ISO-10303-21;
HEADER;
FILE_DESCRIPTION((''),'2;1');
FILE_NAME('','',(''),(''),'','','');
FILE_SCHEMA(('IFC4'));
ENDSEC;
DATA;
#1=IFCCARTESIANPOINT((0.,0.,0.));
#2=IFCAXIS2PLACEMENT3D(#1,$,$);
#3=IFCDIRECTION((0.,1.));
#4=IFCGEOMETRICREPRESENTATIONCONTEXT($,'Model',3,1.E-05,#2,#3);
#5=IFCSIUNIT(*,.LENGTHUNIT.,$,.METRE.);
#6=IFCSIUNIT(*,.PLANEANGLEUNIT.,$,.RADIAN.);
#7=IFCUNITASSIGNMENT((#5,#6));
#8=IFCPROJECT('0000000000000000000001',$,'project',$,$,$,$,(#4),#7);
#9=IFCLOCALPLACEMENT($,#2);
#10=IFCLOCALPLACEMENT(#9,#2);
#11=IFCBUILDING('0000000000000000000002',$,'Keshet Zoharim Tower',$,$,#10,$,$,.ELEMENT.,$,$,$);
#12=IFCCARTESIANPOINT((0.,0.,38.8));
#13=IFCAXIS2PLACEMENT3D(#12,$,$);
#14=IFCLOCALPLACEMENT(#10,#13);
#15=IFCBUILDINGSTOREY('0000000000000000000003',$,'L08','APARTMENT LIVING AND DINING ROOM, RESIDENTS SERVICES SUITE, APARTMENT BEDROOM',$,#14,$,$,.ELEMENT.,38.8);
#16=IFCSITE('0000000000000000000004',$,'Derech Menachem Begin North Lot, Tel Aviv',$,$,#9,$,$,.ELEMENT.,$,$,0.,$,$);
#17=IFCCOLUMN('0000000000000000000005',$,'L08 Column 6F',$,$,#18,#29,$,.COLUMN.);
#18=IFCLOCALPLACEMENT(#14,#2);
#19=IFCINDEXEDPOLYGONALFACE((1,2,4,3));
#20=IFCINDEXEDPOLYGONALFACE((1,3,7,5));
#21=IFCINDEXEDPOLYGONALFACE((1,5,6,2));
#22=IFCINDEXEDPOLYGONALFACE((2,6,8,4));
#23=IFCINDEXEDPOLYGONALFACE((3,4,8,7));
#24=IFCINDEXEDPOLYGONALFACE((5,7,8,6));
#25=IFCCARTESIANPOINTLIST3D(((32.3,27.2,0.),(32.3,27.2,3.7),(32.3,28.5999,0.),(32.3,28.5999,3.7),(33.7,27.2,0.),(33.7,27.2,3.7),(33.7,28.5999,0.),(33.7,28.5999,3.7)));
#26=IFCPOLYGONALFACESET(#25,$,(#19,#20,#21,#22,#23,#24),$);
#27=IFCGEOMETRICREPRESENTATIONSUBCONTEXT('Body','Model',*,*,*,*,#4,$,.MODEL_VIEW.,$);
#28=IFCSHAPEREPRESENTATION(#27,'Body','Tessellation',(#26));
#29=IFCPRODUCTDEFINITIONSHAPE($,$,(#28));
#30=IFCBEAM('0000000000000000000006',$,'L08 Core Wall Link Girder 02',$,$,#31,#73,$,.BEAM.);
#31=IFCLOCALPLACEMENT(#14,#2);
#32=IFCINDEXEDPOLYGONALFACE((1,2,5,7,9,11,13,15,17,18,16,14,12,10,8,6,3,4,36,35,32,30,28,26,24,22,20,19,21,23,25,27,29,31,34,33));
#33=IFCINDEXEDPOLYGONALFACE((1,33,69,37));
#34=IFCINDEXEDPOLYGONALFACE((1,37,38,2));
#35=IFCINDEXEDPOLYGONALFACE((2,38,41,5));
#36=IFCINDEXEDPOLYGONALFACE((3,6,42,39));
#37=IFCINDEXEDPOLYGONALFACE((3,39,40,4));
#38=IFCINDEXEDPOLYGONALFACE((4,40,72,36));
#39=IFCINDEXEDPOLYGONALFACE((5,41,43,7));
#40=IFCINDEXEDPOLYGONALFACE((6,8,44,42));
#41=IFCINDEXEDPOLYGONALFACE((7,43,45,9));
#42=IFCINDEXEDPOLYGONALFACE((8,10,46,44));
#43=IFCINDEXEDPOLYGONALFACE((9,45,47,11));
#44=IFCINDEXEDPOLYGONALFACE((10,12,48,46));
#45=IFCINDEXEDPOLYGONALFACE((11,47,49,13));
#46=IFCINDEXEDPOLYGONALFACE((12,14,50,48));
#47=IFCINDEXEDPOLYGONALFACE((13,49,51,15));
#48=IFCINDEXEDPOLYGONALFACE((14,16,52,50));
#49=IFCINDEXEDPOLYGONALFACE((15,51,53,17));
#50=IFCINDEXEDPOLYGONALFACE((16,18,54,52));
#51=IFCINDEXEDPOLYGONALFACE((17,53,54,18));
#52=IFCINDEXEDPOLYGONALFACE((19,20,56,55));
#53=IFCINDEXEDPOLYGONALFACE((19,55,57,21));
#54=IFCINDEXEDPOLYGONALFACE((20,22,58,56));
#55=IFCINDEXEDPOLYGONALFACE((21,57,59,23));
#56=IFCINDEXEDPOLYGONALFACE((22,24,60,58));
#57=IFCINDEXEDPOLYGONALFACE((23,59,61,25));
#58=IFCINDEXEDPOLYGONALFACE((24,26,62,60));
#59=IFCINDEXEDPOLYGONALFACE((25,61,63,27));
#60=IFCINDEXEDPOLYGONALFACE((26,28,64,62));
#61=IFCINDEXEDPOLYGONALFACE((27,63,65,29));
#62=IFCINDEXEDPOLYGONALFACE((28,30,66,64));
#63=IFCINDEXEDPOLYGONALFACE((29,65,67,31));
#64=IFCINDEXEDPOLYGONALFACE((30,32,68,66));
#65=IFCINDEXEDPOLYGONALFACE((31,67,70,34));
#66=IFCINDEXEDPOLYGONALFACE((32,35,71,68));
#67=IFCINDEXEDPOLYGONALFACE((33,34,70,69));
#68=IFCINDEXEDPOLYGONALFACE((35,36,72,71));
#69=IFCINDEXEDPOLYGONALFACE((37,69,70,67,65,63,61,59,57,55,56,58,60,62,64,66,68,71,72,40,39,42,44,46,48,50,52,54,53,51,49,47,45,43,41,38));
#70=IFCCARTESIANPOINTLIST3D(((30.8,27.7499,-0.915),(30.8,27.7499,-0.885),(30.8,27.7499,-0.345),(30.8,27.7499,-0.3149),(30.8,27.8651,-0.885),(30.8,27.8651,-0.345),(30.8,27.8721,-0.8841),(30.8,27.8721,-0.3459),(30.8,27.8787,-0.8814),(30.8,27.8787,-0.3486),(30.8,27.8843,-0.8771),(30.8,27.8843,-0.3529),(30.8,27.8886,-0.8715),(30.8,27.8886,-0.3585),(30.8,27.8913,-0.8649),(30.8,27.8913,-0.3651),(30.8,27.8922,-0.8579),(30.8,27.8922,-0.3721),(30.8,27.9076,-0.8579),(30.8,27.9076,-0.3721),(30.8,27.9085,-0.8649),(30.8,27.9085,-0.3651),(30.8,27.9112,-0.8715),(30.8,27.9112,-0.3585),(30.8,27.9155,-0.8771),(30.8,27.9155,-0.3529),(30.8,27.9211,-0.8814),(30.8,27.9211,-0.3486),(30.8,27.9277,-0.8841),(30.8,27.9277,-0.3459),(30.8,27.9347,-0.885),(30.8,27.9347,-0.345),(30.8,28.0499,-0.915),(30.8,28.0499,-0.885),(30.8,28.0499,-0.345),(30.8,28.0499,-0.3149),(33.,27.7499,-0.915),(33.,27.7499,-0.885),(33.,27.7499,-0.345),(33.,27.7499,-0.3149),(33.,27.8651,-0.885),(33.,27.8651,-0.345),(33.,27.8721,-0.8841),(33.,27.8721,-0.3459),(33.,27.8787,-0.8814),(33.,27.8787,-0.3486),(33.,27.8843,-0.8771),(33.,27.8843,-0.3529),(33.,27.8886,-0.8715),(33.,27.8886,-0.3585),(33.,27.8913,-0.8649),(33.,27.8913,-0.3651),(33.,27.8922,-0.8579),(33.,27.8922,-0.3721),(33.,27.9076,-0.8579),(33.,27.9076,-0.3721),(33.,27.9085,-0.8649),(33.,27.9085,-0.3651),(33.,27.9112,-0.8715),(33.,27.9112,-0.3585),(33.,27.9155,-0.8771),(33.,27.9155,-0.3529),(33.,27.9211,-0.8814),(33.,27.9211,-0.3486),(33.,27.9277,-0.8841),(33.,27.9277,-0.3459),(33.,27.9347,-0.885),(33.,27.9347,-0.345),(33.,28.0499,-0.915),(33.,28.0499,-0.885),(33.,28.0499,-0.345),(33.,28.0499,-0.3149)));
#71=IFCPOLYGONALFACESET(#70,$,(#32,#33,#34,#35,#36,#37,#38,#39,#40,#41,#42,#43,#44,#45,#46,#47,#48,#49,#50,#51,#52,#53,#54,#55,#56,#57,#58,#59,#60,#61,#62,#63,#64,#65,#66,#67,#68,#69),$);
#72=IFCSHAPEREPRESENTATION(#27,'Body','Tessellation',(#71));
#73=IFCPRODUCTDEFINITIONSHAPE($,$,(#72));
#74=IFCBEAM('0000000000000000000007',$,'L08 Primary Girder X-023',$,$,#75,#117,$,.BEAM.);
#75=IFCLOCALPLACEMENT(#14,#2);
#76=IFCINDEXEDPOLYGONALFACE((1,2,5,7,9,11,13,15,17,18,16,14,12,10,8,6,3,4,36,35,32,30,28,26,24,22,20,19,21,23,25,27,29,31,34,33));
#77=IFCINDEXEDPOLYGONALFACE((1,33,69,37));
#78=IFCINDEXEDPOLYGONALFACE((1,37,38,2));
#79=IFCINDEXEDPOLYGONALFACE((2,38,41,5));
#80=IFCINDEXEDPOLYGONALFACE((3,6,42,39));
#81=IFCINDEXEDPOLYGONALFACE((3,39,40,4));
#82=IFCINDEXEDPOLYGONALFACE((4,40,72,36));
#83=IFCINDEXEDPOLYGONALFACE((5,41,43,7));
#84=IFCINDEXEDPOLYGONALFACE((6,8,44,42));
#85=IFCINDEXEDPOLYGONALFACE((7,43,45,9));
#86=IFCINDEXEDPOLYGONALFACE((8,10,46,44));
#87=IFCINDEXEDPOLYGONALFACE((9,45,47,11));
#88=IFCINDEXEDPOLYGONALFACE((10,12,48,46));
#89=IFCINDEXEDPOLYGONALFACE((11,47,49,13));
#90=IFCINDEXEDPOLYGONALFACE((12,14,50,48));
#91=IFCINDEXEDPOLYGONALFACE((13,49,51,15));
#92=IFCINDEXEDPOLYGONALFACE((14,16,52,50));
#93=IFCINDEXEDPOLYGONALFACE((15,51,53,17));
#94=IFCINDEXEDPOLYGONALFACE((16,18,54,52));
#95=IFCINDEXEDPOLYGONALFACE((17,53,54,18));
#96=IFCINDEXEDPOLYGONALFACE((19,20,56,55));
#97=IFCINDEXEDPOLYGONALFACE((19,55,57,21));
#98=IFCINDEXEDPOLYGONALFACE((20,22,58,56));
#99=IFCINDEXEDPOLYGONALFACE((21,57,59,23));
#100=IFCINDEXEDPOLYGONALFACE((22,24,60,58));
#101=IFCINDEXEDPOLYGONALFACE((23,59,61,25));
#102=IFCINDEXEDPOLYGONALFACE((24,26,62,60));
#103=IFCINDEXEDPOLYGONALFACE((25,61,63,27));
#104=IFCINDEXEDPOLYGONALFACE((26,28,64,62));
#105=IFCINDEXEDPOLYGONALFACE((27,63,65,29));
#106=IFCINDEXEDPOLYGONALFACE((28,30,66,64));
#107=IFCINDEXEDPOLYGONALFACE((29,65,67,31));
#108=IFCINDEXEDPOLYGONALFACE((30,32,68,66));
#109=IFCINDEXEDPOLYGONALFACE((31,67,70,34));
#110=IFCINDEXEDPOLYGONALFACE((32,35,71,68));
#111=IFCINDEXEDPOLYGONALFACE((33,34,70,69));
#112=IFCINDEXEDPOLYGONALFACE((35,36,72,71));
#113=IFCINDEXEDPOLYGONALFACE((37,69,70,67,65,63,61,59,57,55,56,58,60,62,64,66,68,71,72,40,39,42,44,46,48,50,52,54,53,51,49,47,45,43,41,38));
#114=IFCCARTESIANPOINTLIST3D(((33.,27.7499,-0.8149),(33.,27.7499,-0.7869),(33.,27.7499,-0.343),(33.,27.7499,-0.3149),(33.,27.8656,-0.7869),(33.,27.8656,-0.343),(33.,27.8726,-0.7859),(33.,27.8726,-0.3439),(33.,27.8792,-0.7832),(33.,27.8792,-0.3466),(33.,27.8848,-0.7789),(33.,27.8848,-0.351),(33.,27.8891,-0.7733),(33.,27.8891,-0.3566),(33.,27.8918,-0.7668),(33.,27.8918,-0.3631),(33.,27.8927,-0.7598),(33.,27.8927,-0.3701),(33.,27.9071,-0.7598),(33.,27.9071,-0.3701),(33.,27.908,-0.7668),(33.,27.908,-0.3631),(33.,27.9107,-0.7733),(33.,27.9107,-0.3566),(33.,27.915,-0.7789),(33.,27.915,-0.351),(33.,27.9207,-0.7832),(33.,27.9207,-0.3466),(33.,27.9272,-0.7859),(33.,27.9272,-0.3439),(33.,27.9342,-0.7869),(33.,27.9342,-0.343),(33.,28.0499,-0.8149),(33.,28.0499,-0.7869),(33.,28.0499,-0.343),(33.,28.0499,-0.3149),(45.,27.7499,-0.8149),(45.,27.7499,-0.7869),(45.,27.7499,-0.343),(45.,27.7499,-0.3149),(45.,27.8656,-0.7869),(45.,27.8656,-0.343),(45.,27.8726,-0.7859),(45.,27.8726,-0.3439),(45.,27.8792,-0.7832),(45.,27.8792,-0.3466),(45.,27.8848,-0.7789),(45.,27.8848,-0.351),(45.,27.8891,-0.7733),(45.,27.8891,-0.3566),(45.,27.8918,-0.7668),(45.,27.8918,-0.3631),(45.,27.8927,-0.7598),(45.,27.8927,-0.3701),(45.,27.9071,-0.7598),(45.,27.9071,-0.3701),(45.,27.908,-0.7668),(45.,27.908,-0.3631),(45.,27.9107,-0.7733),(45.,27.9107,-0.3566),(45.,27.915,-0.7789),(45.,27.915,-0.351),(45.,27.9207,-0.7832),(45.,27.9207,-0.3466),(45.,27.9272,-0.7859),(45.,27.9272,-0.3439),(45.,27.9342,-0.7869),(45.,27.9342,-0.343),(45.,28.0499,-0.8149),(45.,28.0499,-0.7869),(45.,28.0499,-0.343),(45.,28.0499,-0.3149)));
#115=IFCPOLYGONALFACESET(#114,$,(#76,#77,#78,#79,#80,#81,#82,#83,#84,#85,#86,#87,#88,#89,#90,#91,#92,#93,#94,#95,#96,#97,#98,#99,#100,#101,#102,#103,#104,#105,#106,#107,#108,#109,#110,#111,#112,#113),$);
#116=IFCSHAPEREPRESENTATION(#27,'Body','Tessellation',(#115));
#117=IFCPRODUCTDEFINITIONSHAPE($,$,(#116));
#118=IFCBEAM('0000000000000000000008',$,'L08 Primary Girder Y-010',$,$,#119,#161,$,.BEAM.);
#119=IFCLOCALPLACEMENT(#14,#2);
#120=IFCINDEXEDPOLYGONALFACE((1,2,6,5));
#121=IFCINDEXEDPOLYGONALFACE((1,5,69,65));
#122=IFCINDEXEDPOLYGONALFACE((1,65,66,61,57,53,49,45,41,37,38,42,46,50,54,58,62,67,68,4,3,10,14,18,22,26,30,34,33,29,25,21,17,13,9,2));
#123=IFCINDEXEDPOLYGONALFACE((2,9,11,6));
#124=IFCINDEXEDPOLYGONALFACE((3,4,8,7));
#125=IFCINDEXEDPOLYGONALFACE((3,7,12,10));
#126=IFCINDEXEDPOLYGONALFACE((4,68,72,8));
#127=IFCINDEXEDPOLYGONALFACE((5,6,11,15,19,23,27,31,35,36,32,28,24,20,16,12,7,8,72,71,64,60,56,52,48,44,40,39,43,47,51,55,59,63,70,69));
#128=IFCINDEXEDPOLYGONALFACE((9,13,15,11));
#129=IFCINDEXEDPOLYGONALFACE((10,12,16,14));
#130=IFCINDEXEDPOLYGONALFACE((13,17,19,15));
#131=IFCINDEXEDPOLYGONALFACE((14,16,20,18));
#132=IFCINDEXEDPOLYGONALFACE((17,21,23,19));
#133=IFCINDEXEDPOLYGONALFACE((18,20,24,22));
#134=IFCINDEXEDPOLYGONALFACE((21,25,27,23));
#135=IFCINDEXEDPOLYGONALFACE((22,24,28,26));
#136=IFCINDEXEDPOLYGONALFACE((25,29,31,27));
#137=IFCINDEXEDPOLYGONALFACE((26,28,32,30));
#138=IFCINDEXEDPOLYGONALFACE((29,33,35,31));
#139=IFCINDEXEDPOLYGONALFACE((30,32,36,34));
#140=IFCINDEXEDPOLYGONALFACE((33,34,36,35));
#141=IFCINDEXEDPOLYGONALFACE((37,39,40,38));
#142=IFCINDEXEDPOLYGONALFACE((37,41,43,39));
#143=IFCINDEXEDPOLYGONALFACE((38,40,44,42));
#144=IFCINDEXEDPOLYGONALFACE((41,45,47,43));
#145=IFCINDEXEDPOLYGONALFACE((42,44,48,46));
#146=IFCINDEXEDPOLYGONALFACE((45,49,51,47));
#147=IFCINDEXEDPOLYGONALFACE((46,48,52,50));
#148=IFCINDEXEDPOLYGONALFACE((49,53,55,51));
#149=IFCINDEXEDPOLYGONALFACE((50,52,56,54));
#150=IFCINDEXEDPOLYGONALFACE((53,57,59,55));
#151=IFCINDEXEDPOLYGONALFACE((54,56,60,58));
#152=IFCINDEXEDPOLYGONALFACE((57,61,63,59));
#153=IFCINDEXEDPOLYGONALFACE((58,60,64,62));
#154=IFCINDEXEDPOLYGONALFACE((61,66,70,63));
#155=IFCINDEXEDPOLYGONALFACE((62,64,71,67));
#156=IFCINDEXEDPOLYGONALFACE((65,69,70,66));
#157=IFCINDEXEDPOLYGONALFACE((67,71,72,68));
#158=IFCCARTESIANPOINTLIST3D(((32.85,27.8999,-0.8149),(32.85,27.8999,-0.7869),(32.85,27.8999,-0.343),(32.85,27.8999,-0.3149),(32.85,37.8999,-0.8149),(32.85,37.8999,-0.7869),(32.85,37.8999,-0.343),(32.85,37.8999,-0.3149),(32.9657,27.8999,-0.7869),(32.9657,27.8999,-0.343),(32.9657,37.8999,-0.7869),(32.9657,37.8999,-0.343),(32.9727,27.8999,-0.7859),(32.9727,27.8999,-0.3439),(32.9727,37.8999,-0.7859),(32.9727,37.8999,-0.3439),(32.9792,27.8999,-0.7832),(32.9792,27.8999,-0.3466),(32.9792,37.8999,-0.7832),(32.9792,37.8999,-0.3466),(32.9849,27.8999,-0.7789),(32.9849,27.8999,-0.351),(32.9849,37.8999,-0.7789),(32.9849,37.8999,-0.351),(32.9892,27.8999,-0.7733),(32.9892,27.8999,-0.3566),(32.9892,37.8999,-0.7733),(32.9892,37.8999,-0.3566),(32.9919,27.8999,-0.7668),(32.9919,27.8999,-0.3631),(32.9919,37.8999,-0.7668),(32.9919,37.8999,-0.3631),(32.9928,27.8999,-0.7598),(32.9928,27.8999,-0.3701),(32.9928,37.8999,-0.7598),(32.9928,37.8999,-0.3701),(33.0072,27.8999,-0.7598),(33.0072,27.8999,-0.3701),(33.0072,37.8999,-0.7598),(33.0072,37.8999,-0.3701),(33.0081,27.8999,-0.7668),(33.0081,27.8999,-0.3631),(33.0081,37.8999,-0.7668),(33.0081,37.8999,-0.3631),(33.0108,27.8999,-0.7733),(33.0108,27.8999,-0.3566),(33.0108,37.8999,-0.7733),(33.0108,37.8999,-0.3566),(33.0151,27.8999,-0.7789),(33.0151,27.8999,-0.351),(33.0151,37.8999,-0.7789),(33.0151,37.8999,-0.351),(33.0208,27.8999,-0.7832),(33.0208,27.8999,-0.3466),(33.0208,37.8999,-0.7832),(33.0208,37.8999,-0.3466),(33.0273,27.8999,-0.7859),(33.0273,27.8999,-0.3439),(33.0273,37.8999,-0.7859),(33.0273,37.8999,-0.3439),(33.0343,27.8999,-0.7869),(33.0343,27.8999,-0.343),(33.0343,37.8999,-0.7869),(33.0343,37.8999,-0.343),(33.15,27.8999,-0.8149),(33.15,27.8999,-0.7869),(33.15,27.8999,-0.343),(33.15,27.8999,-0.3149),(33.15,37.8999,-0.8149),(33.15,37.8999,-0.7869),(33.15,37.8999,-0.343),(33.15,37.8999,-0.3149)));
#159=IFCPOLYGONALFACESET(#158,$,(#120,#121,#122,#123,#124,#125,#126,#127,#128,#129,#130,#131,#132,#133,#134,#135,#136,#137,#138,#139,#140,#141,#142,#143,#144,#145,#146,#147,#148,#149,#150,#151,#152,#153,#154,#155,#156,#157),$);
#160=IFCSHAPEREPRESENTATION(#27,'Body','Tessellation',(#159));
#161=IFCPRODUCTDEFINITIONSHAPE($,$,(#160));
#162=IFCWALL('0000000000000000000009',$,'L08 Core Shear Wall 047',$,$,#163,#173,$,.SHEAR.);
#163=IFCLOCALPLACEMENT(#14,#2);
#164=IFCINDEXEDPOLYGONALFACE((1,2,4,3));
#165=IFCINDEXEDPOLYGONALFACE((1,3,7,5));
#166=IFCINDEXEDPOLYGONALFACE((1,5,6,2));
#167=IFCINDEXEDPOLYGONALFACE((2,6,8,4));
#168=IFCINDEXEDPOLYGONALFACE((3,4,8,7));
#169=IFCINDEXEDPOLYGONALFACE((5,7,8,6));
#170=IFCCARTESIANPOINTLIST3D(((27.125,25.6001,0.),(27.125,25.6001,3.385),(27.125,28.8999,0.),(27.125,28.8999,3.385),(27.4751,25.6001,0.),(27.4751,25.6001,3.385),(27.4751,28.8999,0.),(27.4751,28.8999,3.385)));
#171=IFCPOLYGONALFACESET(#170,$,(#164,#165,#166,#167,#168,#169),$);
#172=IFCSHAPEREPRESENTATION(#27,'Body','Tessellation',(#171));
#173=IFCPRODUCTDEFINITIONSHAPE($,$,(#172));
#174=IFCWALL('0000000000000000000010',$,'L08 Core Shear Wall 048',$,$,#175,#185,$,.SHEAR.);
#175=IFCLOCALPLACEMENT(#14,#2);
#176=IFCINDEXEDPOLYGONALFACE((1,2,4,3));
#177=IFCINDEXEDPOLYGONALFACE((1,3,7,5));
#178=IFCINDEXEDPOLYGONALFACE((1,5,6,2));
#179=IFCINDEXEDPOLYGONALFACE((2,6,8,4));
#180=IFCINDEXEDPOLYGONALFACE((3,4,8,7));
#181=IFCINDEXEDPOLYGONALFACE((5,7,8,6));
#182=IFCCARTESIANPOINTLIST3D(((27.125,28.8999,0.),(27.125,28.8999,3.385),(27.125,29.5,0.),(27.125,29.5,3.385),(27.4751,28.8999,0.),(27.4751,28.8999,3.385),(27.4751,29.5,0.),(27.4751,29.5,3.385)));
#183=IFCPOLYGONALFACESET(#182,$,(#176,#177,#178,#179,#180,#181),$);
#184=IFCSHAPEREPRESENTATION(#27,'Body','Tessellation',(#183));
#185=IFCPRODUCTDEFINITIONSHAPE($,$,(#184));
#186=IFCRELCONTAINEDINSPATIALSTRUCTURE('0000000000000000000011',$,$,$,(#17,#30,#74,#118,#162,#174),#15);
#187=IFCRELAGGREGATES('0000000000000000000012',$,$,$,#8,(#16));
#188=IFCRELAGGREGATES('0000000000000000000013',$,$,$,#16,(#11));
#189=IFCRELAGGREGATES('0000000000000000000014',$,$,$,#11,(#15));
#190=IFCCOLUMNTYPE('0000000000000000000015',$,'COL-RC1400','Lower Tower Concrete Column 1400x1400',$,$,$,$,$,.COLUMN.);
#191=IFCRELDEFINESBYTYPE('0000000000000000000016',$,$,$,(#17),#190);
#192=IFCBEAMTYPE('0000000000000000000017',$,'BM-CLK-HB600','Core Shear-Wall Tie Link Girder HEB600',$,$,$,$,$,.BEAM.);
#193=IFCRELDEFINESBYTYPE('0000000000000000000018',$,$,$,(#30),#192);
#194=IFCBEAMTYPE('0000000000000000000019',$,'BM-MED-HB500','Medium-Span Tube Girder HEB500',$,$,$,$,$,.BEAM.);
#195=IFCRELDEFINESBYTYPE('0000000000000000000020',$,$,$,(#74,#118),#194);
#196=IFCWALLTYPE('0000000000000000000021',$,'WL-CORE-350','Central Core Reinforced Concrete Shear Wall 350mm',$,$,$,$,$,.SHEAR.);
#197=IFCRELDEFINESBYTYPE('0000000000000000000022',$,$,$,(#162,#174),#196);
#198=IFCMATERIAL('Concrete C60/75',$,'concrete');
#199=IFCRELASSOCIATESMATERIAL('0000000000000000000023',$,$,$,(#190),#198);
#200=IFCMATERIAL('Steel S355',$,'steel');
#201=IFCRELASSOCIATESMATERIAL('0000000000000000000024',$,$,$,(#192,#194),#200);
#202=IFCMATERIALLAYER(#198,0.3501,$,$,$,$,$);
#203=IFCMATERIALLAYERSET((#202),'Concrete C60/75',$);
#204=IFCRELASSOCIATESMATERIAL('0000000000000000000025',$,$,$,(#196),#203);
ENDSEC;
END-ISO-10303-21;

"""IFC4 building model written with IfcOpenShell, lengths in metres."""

from ifc_helpers import new_model, si_unit, direction, frame, frame_2d, origin, origin_2d, place, context, subcontext, project, spatial, rectangle, i_section, extrude, material, layer, layer_set, material_profile, profile_set, type_object, element, save


model = new_model("IFC4")

# Units and contexts
model_context = context("Model", 3, precision=1e-05, world=origin(), true_north=direction((0.0, 1.0)))
body_context = subcontext(model_context, "Body", "Model", "MODEL_VIEW")
ifc_project = project(units=[si_unit("LENGTHUNIT", "METRE"), si_unit("PLANEANGLEUNIT", "RADIAN")], contexts=[model_context])

# Site, building, storey
site_placement = place(None, origin())
site = spatial("IfcSite", under=ifc_project, at=site_placement, Name="Derech Menachem Begin North Lot, Tel Aviv", CompositionType="ELEMENT", RefElevation=0.0)
building_placement = place(site_placement, origin())
building = spatial("IfcBuilding", under=site, at=building_placement, Name="Keshet Zoharim Tower", CompositionType="ELEMENT")
storey_placement = place(building_placement, frame((0.0, 0.0, 38.8)))
storey = spatial("IfcBuildingStorey", under=building, at=storey_placement, Name="L08", Description="APARTMENT LIVING AND DINING ROOM, RESIDENTS SERVICES SUITE, APARTMENT BEDROOM", CompositionType="ELEMENT", Elevation=38.8)

# Column
ifc_material_1 = material(Name="Concrete C60/75", Category="concrete")
ifc_material_profile_1 = material_profile(ifc_material_1, rectangle(XDim=1.3999, YDim=1.3999, at=origin_2d()), Name="RC1400x1400")
ifc_profile_set_1 = profile_set([ifc_material_profile_1], Name="Concrete C60/75")
column_type = type_object("IfcColumnType", Name="COL-RC1400", Description="Lower Tower Concrete Column 1400x1400", PredefinedType="COLUMN", material=ifc_profile_set_1)
column_placement = place(storey_placement, frame((33.0, 27.8999, 0.0), z_axis=(0.0, 0.0, 1.0), x_axis=(1.0, 0.0, 0.0)))
element("IfcColumn", 1, at=column_placement, inside=storey, type_object=column_type, Name="L08 Column 6F", PredefinedType="COLUMN", context=body_context, shape_type="SweptSolid", body=[
    extrude(rectangle(XDim=1.3999, YDim=1.3999, at=origin_2d()), origin(), (0.0, 0.0, 1.0), 3.7),
])

# Beams
ifc_material_2 = material(Name="Steel S355", Category="steel")
ifc_material_profile_2 = material_profile(ifc_material_2, i_section(OverallWidth=0.3, OverallDepth=0.6001, WebThickness=0.0154, FlangeThickness=0.03, FilletRadius=0.0271, at=origin_2d()), Name="HEB600")
ifc_profile_set_2 = profile_set([ifc_material_profile_2], Name="Steel S355")
beam_type_1 = type_object("IfcBeamType", Name="BM-CLK-HB600", Description="Core Shear-Wall Tie Link Girder HEB600", PredefinedType="BEAM", material=ifc_profile_set_2)
beam_1_placement = place(storey_placement, frame((30.8, 27.8999, -0.615), z_axis=(1.0, 0.0, 0.0), x_axis=(0.0, 1.0, 0.0)))
element("IfcBeam", 2, at=beam_1_placement, inside=storey, type_object=beam_type_1, Name="L08 Core Wall Link Girder 02", PredefinedType="BEAM", context=body_context, shape_type="SweptSolid", body=[
    extrude(i_section(OverallWidth=0.3, OverallDepth=0.6001, WebThickness=0.0154, FlangeThickness=0.03, FilletRadius=0.0271, at=origin_2d()), origin(), (0.0, 0.0, 1.0), 2.2),
])
ifc_material_profile_3 = material_profile(ifc_material_2, i_section(OverallWidth=0.3, OverallDepth=0.5, WebThickness=0.0144, FlangeThickness=0.0281, FilletRadius=0.0271, at=origin_2d()), Name="HEB500")
ifc_profile_set_3 = profile_set([ifc_material_profile_3], Name="Steel S355")
beam_type_2 = type_object("IfcBeamType", Name="BM-MED-HB500", Description="Medium-Span Tube Girder HEB500", PredefinedType="BEAM", material=ifc_profile_set_3)
beam_2_placement = place(storey_placement, frame((33.0, 27.8999, -0.5649), z_axis=(1.0, 0.0, 0.0), x_axis=(0.0, 1.0, 0.0)))
element("IfcBeam", 3, at=beam_2_placement, inside=storey, type_object=beam_type_2, Name="L08 Primary Girder X-023", PredefinedType="BEAM", context=body_context, shape_type="SweptSolid", body=[
    extrude(i_section(OverallWidth=0.3, OverallDepth=0.5, WebThickness=0.0144, FlangeThickness=0.0281, FilletRadius=0.0271, at=origin_2d()), origin(), (0.0, 0.0, 1.0), 12.0),
])
beam_3_placement = place(storey_placement, frame((33.0, 27.8999, -0.5649), z_axis=(0.0, 1.0, 0.0), x_axis=(-1.0, 0.0, 0.0)))
element("IfcBeam", 4, at=beam_3_placement, inside=storey, type_object=beam_type_2, Name="L08 Primary Girder Y-010", PredefinedType="BEAM", context=body_context, shape_type="SweptSolid", body=[
    extrude(i_section(OverallWidth=0.3, OverallDepth=0.5, WebThickness=0.0144, FlangeThickness=0.0281, FilletRadius=0.0271, at=origin_2d()), origin(), (0.0, 0.0, 1.0), 10.0),
])

# Walls
ifc_layer_1 = layer(ifc_material_1, 0.3501)
ifc_layer_set_1 = layer_set([ifc_layer_1], Name="Concrete C60/75")
wall_type_1 = type_object("IfcWallType", Name="WL-CORE-350", Description="Central Core Reinforced Concrete Shear Wall 350mm", PredefinedType="SHEAR", material=ifc_layer_set_1)
wall_1_placement = place(storey_placement, frame((27.3, 25.6001, 0.0), z_axis=(0.0, 0.0, 1.0), x_axis=(0.0, 1.0, 0.0)))
element("IfcWall", 5, at=wall_1_placement, inside=storey, type_object=wall_type_1, Name="L08 Core Shear Wall 047", PredefinedType="SHEAR", context=body_context, shape_type="SweptSolid", body=[
    extrude(rectangle(XDim=3.2998, YDim=0.3501, at=frame_2d((1.6499, 0.0))), origin(), (0.0, 0.0, 1.0), 3.385),
])
wall_2_placement = place(storey_placement, frame((27.3, 28.8999, 0.0), z_axis=(0.0, 0.0, 1.0), x_axis=(0.0, 1.0, 0.0)))
element("IfcWall", 6, at=wall_2_placement, inside=storey, type_object=wall_type_1, Name="L08 Core Shear Wall 048", PredefinedType="SHEAR", context=body_context, shape_type="SweptSolid", body=[
    extrude(rectangle(XDim=0.6001, YDim=0.3501, at=frame_2d((0.3, 0.0))), origin(), (0.0, 0.0, 1.0), 3.385),
])

save(model, "model.ifc")
